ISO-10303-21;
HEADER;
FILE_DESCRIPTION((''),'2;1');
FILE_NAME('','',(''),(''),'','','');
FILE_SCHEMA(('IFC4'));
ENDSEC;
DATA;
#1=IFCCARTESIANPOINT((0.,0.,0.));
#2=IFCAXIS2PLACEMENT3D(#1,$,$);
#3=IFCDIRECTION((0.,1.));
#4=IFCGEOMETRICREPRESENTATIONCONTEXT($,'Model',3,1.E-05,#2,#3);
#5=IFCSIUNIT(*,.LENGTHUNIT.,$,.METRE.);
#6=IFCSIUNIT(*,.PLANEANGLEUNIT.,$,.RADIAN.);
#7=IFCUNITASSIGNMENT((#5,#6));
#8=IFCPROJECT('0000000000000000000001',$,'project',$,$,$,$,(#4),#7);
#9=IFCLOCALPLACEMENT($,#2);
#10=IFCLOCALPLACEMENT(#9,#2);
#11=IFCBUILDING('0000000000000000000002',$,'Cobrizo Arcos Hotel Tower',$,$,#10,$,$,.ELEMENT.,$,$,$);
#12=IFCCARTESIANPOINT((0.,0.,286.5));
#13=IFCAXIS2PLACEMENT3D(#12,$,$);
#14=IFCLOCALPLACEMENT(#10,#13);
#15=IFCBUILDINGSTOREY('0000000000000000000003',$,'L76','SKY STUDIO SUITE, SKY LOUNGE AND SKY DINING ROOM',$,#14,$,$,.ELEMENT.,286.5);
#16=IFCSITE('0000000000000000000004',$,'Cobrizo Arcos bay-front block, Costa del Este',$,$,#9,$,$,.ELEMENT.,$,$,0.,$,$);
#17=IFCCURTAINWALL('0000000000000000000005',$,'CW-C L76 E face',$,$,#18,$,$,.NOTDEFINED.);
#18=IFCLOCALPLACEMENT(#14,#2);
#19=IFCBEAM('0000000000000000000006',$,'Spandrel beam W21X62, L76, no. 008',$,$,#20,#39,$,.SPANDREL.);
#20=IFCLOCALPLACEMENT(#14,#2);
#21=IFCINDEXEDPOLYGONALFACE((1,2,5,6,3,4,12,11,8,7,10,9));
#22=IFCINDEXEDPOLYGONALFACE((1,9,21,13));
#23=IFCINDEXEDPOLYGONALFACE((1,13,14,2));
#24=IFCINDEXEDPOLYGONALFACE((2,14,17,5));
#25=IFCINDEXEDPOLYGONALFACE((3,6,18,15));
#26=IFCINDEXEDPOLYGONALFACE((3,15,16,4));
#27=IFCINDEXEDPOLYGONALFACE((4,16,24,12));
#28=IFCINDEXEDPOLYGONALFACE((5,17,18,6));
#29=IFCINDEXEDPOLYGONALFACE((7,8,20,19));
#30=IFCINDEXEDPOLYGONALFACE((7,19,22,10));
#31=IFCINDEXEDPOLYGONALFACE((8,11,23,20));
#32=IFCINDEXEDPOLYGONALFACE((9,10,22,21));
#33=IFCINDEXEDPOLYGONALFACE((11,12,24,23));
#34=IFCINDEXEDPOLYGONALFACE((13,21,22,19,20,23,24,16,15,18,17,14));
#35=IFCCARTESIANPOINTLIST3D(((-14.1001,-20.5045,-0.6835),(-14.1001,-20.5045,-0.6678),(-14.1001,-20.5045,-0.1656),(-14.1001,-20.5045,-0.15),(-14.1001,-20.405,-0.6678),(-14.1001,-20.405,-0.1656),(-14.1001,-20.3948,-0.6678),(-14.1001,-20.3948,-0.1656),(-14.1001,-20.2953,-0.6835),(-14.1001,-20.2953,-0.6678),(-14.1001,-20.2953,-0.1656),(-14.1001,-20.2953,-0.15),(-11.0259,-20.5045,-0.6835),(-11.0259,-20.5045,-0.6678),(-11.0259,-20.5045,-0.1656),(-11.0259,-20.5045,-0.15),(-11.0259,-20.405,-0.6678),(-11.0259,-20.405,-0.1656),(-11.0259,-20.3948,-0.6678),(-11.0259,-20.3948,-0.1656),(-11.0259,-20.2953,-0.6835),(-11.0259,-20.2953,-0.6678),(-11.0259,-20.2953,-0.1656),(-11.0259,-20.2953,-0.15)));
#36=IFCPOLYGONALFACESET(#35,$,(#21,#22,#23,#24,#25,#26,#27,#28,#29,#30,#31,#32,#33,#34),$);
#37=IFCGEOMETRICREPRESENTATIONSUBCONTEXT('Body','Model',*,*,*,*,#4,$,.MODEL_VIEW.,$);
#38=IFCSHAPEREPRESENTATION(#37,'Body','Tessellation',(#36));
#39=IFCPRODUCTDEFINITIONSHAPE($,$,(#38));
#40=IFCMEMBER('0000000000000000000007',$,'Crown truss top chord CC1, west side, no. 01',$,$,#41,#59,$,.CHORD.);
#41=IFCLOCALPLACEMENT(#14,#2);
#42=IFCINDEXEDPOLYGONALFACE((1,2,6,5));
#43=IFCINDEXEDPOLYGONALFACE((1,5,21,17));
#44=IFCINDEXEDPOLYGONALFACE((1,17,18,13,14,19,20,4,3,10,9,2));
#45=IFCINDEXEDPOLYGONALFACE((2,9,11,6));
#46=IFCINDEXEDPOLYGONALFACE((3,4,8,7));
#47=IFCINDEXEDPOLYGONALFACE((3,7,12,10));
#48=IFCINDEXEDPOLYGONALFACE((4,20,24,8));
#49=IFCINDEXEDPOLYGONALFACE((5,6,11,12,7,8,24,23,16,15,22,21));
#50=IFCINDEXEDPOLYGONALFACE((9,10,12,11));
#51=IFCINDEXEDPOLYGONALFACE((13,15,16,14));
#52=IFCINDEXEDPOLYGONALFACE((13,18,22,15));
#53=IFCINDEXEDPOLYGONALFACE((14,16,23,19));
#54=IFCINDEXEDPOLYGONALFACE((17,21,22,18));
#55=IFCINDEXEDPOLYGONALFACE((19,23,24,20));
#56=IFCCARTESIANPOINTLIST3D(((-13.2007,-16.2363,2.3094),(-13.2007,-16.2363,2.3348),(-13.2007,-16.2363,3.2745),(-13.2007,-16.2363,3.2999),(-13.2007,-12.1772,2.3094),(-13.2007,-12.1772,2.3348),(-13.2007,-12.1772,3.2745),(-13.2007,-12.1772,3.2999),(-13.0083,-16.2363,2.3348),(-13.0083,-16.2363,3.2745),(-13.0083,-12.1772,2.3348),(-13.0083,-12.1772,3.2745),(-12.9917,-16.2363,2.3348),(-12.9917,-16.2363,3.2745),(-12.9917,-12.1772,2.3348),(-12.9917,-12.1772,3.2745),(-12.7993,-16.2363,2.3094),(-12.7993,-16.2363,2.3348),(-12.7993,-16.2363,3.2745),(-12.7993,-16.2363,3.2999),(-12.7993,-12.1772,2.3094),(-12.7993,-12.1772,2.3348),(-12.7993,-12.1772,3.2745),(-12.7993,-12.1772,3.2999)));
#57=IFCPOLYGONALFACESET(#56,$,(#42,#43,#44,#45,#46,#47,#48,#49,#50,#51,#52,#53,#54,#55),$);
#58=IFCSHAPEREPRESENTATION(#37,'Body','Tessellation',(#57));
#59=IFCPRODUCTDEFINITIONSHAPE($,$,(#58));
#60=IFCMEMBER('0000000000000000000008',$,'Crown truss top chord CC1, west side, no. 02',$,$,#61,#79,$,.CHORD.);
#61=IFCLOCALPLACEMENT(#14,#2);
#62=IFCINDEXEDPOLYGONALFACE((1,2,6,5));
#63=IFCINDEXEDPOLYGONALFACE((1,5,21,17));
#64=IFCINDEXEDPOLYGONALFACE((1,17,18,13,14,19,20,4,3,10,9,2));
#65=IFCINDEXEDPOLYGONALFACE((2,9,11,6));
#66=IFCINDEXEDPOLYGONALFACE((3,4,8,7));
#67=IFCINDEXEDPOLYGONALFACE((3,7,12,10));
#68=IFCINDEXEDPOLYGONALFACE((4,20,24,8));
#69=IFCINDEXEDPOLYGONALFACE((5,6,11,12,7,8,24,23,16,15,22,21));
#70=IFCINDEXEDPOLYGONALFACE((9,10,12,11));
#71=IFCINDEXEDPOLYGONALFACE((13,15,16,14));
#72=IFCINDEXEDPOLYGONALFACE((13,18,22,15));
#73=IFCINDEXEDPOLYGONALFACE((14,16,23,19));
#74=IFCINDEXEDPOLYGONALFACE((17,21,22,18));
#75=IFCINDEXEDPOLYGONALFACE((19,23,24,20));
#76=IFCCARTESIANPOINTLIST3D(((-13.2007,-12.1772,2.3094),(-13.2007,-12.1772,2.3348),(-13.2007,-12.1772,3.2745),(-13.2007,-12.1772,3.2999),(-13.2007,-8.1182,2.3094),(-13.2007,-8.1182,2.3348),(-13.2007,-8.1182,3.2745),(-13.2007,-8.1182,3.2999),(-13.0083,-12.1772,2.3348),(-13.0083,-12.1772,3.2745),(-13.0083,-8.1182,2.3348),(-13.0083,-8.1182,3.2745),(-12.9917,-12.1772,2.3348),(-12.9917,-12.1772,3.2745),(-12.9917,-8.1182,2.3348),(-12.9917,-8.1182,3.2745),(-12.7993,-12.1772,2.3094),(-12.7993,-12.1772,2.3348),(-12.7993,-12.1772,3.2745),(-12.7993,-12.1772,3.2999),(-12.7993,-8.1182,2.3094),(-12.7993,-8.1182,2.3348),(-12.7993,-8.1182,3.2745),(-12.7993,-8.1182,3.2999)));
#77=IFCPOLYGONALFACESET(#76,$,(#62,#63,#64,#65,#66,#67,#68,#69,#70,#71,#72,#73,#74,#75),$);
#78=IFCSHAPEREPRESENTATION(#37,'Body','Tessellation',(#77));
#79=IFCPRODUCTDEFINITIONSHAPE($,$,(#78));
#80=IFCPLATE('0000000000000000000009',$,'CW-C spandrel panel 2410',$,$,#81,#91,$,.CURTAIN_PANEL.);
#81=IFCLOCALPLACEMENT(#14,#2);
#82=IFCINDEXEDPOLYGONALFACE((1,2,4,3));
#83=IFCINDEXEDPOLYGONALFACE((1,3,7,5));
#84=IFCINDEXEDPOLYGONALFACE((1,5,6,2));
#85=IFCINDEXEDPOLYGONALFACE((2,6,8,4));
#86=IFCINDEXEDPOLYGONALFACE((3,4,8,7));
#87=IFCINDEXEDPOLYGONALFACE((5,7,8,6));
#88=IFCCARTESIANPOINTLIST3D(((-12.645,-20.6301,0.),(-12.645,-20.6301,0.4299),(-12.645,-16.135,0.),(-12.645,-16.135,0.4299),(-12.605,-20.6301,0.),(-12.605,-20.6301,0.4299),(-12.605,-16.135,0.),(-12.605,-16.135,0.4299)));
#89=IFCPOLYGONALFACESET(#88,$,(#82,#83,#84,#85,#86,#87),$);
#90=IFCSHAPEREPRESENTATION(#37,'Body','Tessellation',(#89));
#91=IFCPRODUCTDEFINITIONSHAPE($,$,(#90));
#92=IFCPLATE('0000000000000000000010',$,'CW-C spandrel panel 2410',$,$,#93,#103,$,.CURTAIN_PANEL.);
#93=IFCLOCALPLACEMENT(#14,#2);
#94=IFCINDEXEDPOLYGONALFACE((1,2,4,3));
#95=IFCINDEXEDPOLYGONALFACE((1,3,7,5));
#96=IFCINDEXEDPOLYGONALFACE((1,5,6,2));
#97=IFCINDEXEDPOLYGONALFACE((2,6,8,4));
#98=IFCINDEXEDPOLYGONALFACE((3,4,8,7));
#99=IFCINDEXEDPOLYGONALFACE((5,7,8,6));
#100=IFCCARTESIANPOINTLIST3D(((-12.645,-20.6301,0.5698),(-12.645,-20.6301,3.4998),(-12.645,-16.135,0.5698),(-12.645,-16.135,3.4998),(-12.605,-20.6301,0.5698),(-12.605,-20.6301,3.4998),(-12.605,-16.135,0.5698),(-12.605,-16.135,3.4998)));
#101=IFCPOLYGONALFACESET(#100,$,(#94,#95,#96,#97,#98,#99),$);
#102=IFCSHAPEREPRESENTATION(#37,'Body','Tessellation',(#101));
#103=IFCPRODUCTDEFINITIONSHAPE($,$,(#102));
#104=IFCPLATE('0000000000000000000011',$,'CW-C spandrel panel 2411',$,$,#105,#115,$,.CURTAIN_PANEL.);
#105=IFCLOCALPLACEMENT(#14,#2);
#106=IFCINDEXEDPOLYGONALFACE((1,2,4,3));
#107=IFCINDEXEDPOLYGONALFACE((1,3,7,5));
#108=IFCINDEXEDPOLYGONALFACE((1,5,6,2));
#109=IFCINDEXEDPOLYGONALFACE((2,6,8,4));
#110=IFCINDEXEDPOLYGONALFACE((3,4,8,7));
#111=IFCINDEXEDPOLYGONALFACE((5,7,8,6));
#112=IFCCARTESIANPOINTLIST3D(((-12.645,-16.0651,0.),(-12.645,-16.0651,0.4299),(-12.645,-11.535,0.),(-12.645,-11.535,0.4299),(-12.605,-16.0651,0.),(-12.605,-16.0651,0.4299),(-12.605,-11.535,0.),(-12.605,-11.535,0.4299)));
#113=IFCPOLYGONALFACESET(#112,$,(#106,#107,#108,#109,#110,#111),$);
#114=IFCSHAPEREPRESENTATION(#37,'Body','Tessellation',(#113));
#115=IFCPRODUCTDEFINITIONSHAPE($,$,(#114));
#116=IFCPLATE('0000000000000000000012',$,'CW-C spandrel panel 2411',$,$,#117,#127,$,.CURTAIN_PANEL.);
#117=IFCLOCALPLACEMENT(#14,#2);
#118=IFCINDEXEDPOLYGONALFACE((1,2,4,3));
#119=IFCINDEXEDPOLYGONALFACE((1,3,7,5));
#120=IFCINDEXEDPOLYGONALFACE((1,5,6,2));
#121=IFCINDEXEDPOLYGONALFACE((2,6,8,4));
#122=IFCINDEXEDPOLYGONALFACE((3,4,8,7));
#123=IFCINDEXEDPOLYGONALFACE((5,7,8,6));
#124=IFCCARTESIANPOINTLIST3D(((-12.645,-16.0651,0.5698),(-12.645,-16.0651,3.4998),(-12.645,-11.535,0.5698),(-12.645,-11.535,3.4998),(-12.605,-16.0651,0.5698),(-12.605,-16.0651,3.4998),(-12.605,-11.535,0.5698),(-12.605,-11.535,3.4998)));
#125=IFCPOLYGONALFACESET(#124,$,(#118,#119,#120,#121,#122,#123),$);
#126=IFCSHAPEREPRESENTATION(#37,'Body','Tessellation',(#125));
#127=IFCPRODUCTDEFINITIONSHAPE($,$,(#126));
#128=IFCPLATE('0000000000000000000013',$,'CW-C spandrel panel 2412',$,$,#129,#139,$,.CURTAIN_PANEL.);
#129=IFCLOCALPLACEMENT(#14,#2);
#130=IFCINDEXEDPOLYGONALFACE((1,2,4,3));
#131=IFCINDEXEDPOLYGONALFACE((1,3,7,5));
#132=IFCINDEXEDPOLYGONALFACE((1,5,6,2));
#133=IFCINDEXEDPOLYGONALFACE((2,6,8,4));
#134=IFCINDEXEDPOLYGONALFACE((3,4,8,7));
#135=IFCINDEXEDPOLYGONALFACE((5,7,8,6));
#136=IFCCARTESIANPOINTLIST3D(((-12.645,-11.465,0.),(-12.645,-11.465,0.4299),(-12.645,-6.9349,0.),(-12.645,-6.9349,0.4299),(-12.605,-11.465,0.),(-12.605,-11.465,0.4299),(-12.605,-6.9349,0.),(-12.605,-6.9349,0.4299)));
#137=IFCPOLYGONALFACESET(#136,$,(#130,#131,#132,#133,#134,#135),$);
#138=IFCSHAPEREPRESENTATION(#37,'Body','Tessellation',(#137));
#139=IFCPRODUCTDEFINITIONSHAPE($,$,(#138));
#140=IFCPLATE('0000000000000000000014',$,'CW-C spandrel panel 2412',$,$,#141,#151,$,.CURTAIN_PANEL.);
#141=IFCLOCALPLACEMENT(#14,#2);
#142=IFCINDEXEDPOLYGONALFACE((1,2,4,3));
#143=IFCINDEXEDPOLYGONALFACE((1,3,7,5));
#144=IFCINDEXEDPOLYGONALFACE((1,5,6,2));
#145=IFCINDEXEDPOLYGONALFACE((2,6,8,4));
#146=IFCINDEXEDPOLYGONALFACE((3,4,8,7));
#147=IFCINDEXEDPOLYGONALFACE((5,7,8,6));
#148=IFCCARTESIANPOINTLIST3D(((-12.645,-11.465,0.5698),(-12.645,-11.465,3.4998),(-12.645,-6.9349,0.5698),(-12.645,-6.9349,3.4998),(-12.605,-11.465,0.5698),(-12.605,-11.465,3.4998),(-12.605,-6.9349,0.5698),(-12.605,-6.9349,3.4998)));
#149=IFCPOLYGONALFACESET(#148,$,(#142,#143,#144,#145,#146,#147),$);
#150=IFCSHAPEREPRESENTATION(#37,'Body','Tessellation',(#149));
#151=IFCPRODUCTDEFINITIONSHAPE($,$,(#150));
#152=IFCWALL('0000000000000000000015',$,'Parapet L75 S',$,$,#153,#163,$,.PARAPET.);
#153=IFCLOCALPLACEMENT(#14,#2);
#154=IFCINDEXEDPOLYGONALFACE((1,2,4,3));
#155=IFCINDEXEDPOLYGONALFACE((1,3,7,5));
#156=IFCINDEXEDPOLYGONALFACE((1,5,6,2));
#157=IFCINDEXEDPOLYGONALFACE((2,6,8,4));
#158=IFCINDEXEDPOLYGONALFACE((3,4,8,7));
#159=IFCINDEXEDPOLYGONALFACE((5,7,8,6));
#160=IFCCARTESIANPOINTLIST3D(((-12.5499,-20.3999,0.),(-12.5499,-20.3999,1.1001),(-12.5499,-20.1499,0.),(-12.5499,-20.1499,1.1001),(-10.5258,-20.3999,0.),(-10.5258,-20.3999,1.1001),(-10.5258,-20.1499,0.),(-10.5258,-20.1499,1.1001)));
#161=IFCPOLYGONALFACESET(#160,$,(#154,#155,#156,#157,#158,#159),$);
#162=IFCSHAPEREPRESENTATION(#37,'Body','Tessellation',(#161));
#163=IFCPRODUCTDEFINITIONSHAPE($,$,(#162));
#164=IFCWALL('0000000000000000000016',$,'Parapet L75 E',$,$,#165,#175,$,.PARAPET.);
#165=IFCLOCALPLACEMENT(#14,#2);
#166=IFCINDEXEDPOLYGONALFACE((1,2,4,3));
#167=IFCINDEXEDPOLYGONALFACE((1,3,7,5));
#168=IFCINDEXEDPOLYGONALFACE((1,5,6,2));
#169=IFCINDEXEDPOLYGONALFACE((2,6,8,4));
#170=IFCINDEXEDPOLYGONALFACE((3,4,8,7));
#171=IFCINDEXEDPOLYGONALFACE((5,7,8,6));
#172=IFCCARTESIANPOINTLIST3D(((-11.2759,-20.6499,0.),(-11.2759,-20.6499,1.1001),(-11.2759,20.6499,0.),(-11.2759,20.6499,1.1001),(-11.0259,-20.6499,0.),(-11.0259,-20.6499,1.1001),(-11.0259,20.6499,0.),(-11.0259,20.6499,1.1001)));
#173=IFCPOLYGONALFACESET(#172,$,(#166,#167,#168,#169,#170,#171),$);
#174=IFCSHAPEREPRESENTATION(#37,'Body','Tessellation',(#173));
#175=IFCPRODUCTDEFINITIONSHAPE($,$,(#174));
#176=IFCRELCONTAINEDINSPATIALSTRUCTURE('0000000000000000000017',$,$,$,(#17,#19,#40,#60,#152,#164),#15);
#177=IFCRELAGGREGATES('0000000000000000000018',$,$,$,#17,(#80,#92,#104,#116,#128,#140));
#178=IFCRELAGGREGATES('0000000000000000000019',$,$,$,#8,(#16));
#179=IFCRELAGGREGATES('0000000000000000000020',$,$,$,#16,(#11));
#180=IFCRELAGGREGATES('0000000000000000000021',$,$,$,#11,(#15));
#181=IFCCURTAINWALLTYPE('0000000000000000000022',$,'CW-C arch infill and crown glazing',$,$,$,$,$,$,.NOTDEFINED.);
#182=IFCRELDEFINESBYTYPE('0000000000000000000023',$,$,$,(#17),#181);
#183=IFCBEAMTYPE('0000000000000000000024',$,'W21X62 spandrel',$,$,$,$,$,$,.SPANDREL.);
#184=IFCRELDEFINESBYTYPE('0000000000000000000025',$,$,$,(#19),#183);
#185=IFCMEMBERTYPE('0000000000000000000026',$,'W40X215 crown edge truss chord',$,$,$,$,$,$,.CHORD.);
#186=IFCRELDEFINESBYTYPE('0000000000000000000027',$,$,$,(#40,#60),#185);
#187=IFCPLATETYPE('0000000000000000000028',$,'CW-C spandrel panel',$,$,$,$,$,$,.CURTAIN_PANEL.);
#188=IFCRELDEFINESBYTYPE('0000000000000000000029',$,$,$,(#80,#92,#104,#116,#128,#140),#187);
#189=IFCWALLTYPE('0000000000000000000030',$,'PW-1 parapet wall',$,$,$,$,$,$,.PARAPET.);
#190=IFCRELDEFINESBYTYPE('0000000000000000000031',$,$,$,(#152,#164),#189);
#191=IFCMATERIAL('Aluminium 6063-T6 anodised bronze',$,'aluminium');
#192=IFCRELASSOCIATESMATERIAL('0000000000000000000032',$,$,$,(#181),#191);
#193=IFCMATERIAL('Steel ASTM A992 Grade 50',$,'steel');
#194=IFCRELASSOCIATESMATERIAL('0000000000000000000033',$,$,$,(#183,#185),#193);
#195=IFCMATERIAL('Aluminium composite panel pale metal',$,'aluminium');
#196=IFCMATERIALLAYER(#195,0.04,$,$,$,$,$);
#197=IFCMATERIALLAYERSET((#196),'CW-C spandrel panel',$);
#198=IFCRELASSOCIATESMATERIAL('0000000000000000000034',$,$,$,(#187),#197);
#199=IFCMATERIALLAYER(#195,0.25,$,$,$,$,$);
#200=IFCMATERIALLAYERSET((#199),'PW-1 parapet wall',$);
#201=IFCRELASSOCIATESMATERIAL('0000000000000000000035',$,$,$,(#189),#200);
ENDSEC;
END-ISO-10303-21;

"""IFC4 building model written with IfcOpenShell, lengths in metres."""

from ifc_helpers import new_model, si_unit, direction, frame, frame_2d, origin, origin_2d, place, context, subcontext, project, spatial, rectangle, i_section, extrude, material, layer, layer_set, material_profile, profile_set, type_object, element, aggregate, save


model = new_model("IFC4")

# Units and contexts
model_context = context("Model", 3, precision=1e-05, world=origin(), true_north=direction((0.0, 1.0)))
body_context = subcontext(model_context, "Body", "Model", "MODEL_VIEW")
ifc_project = project(units=[si_unit("LENGTHUNIT", "METRE"), si_unit("PLANEANGLEUNIT", "RADIAN")], contexts=[model_context])

# Site, building, storey
site_placement = place(None, origin())
site = spatial("IfcSite", under=ifc_project, at=site_placement, Name="Cobrizo Arcos bay-front block, Costa del Este", CompositionType="ELEMENT", RefElevation=0.0)
building_placement = place(site_placement, origin())
building = spatial("IfcBuilding", under=site, at=building_placement, Name="Cobrizo Arcos Hotel Tower", CompositionType="ELEMENT")
storey_placement = place(building_placement, frame((0.0, 0.0, 286.5)))
storey = spatial("IfcBuildingStorey", under=building, at=storey_placement, Name="L76", Description="SKY STUDIO SUITE, SKY LOUNGE AND SKY DINING ROOM", CompositionType="ELEMENT", Elevation=286.5)

# Shared definitions
ifc_material_1 = material(Name="Aluminium 6063-T6 anodised bronze", Category="aluminium")

# Curtain wall
curtain_wall_type_1 = type_object("IfcCurtainWallType", Name="CW-C arch infill and crown glazing", PredefinedType="NOTDEFINED", material=ifc_material_1)
curtain_wall_1_placement = place(storey_placement, origin())
curtain_wall_1 = element("IfcCurtainWall", 1, at=curtain_wall_1_placement, inside=storey, type_object=curtain_wall_type_1, Name="CW-C L76 E face", PredefinedType="NOTDEFINED")

# Shared definitions
ifc_material_2 = material(Name="Steel ASTM A992 Grade 50", Category="steel")

# Beam
ifc_material_profile_1 = material_profile(ifc_material_2, i_section(OverallWidth=0.2092, OverallDepth=0.5334, WebThickness=0.0103, FlangeThickness=0.0156, at=origin_2d()), Name="W21X62")
ifc_profile_set_1 = profile_set([ifc_material_profile_1], Name="Steel ASTM A992 Grade 50")
beam_type = type_object("IfcBeamType", Name="W21X62 spandrel", PredefinedType="SPANDREL", material=ifc_profile_set_1)
beam_placement = place(storey_placement, frame((-11.0259, -20.3999, -0.4167), z_axis=(-1.0, 0.0, 0.0), x_axis=(0.0, -1.0, 0.0)))
element("IfcBeam", 2, at=beam_placement, inside=storey, type_object=beam_type, Name="Spandrel beam W21X62, L76, no. 008", PredefinedType="SPANDREL", context=body_context, shape_type="SweptSolid", body=[
    extrude(i_section(OverallWidth=0.2092, OverallDepth=0.5334, WebThickness=0.0103, FlangeThickness=0.0156, at=origin_2d()), origin(), (0.0, 0.0, 1.0), 3.0742),
])

# Members
ifc_material_profile_2 = material_profile(ifc_material_2, i_section(OverallWidth=0.4014, OverallDepth=0.9905, WebThickness=0.0166, FlangeThickness=0.0254, at=origin_2d()), Name="W40X215")
ifc_profile_set_2 = profile_set([ifc_material_profile_2], Name="Steel ASTM A992 Grade 50")
member_type_1 = type_object("IfcMemberType", Name="W40X215 crown edge truss chord", PredefinedType="CHORD", material=ifc_profile_set_2)
for number, where, z_axis, x_axis, name in (
    (3, (-13.0, -16.2363, 2.8047), (0.0, 1.0, 0.0), (-1.0, 0.0, 0.0), "Crown truss top chord CC1, west side, no. 01"),
    (4, (-13.0, -12.1772, 2.8047), (0.0, 1.0, 0.0), (-1.0, 0.0, 0.0), "Crown truss top chord CC1, west side, no. 02"),
):
    element("IfcMember", number, at=place(storey_placement, frame(where, z_axis=z_axis, x_axis=x_axis)), inside=storey, type_object=member_type_1, Name=name, PredefinedType="CHORD", context=body_context, shape_type="SweptSolid", body=[
        extrude(i_section(OverallWidth=0.4014, OverallDepth=0.9905, WebThickness=0.0166, FlangeThickness=0.0254, at=origin_2d()), origin(), (0.0, 0.0, 1.0), 4.0591),
    ])

# Plates
ifc_material_3 = material(Name="Aluminium composite panel pale metal", Category="aluminium")
ifc_layer_1 = layer(ifc_material_3, 0.04)
ifc_layer_set_1 = layer_set([ifc_layer_1], Name="CW-C spandrel panel")
plate_type = type_object("IfcPlateType", Name="CW-C spandrel panel", PredefinedType="CURTAIN_PANEL", material=ifc_layer_set_1)
plate_1_placement = place(storey_placement, frame((-12.625, -18.3826, 0.0), z_axis=(0.0, 0.0, 1.0), x_axis=(0.0, 1.0, 0.0)))
plate_1 = element("IfcPlate", 5, at=plate_1_placement, type_object=plate_type, Name="CW-C spandrel panel 2410", PredefinedType="CURTAIN_PANEL", context=body_context, shape_type="SweptSolid", body=[
    extrude(rectangle(XDim=4.4951, YDim=0.04, at=origin_2d()), origin(), (0.0, 0.0, 1.0), 0.4299),
])
plate_2_placement = place(storey_placement, frame((-12.625, -18.3826, 0.5698), z_axis=(0.0, 0.0, 1.0), x_axis=(0.0, 1.0, 0.0)))
plate_2 = element("IfcPlate", 6, at=plate_2_placement, type_object=plate_type, Name="CW-C spandrel panel 2410", PredefinedType="CURTAIN_PANEL", context=body_context, shape_type="SweptSolid", body=[
    extrude(rectangle(XDim=4.4951, YDim=0.04, at=origin_2d()), origin(), (0.0, 0.0, 1.0), 2.9299),
])
plate_3_placement = place(storey_placement, frame((-12.625, -13.8, 0.0), z_axis=(0.0, 0.0, 1.0), x_axis=(0.0, 1.0, 0.0)))
plate_3 = element("IfcPlate", 7, at=plate_3_placement, type_object=plate_type, Name="CW-C spandrel panel 2411", PredefinedType="CURTAIN_PANEL", context=body_context, shape_type="SweptSolid", body=[
    extrude(rectangle(XDim=4.53, YDim=0.04, at=origin_2d()), origin(), (0.0, 0.0, 1.0), 0.4299),
])
plate_4_placement = place(storey_placement, frame((-12.625, -13.8, 0.5698), z_axis=(0.0, 0.0, 1.0), x_axis=(0.0, 1.0, 0.0)))
plate_4 = element("IfcPlate", 8, at=plate_4_placement, type_object=plate_type, Name="CW-C spandrel panel 2411", PredefinedType="CURTAIN_PANEL", context=body_context, shape_type="SweptSolid", body=[
    extrude(rectangle(XDim=4.53, YDim=0.04, at=origin_2d()), origin(), (0.0, 0.0, 1.0), 2.9299),
])
plate_5_placement = place(storey_placement, frame((-12.625, -9.2, 0.0), z_axis=(0.0, 0.0, 1.0), x_axis=(0.0, 1.0, 0.0)))
plate_5 = element("IfcPlate", 9, at=plate_5_placement, type_object=plate_type, Name="CW-C spandrel panel 2412", PredefinedType="CURTAIN_PANEL", context=body_context, shape_type="SweptSolid", body=[
    extrude(rectangle(XDim=4.53, YDim=0.04, at=origin_2d()), origin(), (0.0, 0.0, 1.0), 0.4299),
])
plate_6_placement = place(storey_placement, frame((-12.625, -9.2, 0.5698), z_axis=(0.0, 0.0, 1.0), x_axis=(0.0, 1.0, 0.0)))
plate_6 = element("IfcPlate", 10, at=plate_6_placement, type_object=plate_type, Name="CW-C spandrel panel 2412", PredefinedType="CURTAIN_PANEL", context=body_context, shape_type="SweptSolid", body=[
    extrude(rectangle(XDim=4.53, YDim=0.04, at=origin_2d()), origin(), (0.0, 0.0, 1.0), 2.9299),
])
aggregate(curtain_wall_1, [plate_1, plate_2, plate_3, plate_4, plate_5, plate_6])

# Walls
ifc_layer_2 = layer(ifc_material_3, 0.25)
ifc_layer_set_2 = layer_set([ifc_layer_2], Name="PW-1 parapet wall")
wall_type = type_object("IfcWallType", Name="PW-1 parapet wall", PredefinedType="PARAPET", material=ifc_layer_set_2)
wall_1_placement = place(storey_placement, frame((-12.55, -20.2749, 0.0), z_axis=(0.0, 0.0, 1.0), x_axis=(1.0, 0.0, 0.0)))
element("IfcWall", 11, at=wall_1_placement, inside=storey, type_object=wall_type, Name="Parapet L75 S", PredefinedType="PARAPET", context=body_context, shape_type="SweptSolid", body=[
    extrude(rectangle(XDim=2.0242, YDim=0.25, at=frame_2d((1.0122, 0.0))), origin(), (0.0, 0.0, 1.0), 1.1001),
])
wall_2_placement = place(storey_placement, frame((-11.1509, -20.6499, 0.0), z_axis=(0.0, 0.0, 1.0), x_axis=(0.0, 1.0, 0.0)))
element("IfcWall", 12, at=wall_2_placement, inside=storey, type_object=wall_type, Name="Parapet L75 E", PredefinedType="PARAPET", context=body_context, shape_type="SweptSolid", body=[
    extrude(rectangle(XDim=41.2998, YDim=0.25, at=frame_2d((20.6499, 0.0))), origin(), (0.0, 0.0, 1.0), 1.1001),
])

save(model, "model.ifc")
